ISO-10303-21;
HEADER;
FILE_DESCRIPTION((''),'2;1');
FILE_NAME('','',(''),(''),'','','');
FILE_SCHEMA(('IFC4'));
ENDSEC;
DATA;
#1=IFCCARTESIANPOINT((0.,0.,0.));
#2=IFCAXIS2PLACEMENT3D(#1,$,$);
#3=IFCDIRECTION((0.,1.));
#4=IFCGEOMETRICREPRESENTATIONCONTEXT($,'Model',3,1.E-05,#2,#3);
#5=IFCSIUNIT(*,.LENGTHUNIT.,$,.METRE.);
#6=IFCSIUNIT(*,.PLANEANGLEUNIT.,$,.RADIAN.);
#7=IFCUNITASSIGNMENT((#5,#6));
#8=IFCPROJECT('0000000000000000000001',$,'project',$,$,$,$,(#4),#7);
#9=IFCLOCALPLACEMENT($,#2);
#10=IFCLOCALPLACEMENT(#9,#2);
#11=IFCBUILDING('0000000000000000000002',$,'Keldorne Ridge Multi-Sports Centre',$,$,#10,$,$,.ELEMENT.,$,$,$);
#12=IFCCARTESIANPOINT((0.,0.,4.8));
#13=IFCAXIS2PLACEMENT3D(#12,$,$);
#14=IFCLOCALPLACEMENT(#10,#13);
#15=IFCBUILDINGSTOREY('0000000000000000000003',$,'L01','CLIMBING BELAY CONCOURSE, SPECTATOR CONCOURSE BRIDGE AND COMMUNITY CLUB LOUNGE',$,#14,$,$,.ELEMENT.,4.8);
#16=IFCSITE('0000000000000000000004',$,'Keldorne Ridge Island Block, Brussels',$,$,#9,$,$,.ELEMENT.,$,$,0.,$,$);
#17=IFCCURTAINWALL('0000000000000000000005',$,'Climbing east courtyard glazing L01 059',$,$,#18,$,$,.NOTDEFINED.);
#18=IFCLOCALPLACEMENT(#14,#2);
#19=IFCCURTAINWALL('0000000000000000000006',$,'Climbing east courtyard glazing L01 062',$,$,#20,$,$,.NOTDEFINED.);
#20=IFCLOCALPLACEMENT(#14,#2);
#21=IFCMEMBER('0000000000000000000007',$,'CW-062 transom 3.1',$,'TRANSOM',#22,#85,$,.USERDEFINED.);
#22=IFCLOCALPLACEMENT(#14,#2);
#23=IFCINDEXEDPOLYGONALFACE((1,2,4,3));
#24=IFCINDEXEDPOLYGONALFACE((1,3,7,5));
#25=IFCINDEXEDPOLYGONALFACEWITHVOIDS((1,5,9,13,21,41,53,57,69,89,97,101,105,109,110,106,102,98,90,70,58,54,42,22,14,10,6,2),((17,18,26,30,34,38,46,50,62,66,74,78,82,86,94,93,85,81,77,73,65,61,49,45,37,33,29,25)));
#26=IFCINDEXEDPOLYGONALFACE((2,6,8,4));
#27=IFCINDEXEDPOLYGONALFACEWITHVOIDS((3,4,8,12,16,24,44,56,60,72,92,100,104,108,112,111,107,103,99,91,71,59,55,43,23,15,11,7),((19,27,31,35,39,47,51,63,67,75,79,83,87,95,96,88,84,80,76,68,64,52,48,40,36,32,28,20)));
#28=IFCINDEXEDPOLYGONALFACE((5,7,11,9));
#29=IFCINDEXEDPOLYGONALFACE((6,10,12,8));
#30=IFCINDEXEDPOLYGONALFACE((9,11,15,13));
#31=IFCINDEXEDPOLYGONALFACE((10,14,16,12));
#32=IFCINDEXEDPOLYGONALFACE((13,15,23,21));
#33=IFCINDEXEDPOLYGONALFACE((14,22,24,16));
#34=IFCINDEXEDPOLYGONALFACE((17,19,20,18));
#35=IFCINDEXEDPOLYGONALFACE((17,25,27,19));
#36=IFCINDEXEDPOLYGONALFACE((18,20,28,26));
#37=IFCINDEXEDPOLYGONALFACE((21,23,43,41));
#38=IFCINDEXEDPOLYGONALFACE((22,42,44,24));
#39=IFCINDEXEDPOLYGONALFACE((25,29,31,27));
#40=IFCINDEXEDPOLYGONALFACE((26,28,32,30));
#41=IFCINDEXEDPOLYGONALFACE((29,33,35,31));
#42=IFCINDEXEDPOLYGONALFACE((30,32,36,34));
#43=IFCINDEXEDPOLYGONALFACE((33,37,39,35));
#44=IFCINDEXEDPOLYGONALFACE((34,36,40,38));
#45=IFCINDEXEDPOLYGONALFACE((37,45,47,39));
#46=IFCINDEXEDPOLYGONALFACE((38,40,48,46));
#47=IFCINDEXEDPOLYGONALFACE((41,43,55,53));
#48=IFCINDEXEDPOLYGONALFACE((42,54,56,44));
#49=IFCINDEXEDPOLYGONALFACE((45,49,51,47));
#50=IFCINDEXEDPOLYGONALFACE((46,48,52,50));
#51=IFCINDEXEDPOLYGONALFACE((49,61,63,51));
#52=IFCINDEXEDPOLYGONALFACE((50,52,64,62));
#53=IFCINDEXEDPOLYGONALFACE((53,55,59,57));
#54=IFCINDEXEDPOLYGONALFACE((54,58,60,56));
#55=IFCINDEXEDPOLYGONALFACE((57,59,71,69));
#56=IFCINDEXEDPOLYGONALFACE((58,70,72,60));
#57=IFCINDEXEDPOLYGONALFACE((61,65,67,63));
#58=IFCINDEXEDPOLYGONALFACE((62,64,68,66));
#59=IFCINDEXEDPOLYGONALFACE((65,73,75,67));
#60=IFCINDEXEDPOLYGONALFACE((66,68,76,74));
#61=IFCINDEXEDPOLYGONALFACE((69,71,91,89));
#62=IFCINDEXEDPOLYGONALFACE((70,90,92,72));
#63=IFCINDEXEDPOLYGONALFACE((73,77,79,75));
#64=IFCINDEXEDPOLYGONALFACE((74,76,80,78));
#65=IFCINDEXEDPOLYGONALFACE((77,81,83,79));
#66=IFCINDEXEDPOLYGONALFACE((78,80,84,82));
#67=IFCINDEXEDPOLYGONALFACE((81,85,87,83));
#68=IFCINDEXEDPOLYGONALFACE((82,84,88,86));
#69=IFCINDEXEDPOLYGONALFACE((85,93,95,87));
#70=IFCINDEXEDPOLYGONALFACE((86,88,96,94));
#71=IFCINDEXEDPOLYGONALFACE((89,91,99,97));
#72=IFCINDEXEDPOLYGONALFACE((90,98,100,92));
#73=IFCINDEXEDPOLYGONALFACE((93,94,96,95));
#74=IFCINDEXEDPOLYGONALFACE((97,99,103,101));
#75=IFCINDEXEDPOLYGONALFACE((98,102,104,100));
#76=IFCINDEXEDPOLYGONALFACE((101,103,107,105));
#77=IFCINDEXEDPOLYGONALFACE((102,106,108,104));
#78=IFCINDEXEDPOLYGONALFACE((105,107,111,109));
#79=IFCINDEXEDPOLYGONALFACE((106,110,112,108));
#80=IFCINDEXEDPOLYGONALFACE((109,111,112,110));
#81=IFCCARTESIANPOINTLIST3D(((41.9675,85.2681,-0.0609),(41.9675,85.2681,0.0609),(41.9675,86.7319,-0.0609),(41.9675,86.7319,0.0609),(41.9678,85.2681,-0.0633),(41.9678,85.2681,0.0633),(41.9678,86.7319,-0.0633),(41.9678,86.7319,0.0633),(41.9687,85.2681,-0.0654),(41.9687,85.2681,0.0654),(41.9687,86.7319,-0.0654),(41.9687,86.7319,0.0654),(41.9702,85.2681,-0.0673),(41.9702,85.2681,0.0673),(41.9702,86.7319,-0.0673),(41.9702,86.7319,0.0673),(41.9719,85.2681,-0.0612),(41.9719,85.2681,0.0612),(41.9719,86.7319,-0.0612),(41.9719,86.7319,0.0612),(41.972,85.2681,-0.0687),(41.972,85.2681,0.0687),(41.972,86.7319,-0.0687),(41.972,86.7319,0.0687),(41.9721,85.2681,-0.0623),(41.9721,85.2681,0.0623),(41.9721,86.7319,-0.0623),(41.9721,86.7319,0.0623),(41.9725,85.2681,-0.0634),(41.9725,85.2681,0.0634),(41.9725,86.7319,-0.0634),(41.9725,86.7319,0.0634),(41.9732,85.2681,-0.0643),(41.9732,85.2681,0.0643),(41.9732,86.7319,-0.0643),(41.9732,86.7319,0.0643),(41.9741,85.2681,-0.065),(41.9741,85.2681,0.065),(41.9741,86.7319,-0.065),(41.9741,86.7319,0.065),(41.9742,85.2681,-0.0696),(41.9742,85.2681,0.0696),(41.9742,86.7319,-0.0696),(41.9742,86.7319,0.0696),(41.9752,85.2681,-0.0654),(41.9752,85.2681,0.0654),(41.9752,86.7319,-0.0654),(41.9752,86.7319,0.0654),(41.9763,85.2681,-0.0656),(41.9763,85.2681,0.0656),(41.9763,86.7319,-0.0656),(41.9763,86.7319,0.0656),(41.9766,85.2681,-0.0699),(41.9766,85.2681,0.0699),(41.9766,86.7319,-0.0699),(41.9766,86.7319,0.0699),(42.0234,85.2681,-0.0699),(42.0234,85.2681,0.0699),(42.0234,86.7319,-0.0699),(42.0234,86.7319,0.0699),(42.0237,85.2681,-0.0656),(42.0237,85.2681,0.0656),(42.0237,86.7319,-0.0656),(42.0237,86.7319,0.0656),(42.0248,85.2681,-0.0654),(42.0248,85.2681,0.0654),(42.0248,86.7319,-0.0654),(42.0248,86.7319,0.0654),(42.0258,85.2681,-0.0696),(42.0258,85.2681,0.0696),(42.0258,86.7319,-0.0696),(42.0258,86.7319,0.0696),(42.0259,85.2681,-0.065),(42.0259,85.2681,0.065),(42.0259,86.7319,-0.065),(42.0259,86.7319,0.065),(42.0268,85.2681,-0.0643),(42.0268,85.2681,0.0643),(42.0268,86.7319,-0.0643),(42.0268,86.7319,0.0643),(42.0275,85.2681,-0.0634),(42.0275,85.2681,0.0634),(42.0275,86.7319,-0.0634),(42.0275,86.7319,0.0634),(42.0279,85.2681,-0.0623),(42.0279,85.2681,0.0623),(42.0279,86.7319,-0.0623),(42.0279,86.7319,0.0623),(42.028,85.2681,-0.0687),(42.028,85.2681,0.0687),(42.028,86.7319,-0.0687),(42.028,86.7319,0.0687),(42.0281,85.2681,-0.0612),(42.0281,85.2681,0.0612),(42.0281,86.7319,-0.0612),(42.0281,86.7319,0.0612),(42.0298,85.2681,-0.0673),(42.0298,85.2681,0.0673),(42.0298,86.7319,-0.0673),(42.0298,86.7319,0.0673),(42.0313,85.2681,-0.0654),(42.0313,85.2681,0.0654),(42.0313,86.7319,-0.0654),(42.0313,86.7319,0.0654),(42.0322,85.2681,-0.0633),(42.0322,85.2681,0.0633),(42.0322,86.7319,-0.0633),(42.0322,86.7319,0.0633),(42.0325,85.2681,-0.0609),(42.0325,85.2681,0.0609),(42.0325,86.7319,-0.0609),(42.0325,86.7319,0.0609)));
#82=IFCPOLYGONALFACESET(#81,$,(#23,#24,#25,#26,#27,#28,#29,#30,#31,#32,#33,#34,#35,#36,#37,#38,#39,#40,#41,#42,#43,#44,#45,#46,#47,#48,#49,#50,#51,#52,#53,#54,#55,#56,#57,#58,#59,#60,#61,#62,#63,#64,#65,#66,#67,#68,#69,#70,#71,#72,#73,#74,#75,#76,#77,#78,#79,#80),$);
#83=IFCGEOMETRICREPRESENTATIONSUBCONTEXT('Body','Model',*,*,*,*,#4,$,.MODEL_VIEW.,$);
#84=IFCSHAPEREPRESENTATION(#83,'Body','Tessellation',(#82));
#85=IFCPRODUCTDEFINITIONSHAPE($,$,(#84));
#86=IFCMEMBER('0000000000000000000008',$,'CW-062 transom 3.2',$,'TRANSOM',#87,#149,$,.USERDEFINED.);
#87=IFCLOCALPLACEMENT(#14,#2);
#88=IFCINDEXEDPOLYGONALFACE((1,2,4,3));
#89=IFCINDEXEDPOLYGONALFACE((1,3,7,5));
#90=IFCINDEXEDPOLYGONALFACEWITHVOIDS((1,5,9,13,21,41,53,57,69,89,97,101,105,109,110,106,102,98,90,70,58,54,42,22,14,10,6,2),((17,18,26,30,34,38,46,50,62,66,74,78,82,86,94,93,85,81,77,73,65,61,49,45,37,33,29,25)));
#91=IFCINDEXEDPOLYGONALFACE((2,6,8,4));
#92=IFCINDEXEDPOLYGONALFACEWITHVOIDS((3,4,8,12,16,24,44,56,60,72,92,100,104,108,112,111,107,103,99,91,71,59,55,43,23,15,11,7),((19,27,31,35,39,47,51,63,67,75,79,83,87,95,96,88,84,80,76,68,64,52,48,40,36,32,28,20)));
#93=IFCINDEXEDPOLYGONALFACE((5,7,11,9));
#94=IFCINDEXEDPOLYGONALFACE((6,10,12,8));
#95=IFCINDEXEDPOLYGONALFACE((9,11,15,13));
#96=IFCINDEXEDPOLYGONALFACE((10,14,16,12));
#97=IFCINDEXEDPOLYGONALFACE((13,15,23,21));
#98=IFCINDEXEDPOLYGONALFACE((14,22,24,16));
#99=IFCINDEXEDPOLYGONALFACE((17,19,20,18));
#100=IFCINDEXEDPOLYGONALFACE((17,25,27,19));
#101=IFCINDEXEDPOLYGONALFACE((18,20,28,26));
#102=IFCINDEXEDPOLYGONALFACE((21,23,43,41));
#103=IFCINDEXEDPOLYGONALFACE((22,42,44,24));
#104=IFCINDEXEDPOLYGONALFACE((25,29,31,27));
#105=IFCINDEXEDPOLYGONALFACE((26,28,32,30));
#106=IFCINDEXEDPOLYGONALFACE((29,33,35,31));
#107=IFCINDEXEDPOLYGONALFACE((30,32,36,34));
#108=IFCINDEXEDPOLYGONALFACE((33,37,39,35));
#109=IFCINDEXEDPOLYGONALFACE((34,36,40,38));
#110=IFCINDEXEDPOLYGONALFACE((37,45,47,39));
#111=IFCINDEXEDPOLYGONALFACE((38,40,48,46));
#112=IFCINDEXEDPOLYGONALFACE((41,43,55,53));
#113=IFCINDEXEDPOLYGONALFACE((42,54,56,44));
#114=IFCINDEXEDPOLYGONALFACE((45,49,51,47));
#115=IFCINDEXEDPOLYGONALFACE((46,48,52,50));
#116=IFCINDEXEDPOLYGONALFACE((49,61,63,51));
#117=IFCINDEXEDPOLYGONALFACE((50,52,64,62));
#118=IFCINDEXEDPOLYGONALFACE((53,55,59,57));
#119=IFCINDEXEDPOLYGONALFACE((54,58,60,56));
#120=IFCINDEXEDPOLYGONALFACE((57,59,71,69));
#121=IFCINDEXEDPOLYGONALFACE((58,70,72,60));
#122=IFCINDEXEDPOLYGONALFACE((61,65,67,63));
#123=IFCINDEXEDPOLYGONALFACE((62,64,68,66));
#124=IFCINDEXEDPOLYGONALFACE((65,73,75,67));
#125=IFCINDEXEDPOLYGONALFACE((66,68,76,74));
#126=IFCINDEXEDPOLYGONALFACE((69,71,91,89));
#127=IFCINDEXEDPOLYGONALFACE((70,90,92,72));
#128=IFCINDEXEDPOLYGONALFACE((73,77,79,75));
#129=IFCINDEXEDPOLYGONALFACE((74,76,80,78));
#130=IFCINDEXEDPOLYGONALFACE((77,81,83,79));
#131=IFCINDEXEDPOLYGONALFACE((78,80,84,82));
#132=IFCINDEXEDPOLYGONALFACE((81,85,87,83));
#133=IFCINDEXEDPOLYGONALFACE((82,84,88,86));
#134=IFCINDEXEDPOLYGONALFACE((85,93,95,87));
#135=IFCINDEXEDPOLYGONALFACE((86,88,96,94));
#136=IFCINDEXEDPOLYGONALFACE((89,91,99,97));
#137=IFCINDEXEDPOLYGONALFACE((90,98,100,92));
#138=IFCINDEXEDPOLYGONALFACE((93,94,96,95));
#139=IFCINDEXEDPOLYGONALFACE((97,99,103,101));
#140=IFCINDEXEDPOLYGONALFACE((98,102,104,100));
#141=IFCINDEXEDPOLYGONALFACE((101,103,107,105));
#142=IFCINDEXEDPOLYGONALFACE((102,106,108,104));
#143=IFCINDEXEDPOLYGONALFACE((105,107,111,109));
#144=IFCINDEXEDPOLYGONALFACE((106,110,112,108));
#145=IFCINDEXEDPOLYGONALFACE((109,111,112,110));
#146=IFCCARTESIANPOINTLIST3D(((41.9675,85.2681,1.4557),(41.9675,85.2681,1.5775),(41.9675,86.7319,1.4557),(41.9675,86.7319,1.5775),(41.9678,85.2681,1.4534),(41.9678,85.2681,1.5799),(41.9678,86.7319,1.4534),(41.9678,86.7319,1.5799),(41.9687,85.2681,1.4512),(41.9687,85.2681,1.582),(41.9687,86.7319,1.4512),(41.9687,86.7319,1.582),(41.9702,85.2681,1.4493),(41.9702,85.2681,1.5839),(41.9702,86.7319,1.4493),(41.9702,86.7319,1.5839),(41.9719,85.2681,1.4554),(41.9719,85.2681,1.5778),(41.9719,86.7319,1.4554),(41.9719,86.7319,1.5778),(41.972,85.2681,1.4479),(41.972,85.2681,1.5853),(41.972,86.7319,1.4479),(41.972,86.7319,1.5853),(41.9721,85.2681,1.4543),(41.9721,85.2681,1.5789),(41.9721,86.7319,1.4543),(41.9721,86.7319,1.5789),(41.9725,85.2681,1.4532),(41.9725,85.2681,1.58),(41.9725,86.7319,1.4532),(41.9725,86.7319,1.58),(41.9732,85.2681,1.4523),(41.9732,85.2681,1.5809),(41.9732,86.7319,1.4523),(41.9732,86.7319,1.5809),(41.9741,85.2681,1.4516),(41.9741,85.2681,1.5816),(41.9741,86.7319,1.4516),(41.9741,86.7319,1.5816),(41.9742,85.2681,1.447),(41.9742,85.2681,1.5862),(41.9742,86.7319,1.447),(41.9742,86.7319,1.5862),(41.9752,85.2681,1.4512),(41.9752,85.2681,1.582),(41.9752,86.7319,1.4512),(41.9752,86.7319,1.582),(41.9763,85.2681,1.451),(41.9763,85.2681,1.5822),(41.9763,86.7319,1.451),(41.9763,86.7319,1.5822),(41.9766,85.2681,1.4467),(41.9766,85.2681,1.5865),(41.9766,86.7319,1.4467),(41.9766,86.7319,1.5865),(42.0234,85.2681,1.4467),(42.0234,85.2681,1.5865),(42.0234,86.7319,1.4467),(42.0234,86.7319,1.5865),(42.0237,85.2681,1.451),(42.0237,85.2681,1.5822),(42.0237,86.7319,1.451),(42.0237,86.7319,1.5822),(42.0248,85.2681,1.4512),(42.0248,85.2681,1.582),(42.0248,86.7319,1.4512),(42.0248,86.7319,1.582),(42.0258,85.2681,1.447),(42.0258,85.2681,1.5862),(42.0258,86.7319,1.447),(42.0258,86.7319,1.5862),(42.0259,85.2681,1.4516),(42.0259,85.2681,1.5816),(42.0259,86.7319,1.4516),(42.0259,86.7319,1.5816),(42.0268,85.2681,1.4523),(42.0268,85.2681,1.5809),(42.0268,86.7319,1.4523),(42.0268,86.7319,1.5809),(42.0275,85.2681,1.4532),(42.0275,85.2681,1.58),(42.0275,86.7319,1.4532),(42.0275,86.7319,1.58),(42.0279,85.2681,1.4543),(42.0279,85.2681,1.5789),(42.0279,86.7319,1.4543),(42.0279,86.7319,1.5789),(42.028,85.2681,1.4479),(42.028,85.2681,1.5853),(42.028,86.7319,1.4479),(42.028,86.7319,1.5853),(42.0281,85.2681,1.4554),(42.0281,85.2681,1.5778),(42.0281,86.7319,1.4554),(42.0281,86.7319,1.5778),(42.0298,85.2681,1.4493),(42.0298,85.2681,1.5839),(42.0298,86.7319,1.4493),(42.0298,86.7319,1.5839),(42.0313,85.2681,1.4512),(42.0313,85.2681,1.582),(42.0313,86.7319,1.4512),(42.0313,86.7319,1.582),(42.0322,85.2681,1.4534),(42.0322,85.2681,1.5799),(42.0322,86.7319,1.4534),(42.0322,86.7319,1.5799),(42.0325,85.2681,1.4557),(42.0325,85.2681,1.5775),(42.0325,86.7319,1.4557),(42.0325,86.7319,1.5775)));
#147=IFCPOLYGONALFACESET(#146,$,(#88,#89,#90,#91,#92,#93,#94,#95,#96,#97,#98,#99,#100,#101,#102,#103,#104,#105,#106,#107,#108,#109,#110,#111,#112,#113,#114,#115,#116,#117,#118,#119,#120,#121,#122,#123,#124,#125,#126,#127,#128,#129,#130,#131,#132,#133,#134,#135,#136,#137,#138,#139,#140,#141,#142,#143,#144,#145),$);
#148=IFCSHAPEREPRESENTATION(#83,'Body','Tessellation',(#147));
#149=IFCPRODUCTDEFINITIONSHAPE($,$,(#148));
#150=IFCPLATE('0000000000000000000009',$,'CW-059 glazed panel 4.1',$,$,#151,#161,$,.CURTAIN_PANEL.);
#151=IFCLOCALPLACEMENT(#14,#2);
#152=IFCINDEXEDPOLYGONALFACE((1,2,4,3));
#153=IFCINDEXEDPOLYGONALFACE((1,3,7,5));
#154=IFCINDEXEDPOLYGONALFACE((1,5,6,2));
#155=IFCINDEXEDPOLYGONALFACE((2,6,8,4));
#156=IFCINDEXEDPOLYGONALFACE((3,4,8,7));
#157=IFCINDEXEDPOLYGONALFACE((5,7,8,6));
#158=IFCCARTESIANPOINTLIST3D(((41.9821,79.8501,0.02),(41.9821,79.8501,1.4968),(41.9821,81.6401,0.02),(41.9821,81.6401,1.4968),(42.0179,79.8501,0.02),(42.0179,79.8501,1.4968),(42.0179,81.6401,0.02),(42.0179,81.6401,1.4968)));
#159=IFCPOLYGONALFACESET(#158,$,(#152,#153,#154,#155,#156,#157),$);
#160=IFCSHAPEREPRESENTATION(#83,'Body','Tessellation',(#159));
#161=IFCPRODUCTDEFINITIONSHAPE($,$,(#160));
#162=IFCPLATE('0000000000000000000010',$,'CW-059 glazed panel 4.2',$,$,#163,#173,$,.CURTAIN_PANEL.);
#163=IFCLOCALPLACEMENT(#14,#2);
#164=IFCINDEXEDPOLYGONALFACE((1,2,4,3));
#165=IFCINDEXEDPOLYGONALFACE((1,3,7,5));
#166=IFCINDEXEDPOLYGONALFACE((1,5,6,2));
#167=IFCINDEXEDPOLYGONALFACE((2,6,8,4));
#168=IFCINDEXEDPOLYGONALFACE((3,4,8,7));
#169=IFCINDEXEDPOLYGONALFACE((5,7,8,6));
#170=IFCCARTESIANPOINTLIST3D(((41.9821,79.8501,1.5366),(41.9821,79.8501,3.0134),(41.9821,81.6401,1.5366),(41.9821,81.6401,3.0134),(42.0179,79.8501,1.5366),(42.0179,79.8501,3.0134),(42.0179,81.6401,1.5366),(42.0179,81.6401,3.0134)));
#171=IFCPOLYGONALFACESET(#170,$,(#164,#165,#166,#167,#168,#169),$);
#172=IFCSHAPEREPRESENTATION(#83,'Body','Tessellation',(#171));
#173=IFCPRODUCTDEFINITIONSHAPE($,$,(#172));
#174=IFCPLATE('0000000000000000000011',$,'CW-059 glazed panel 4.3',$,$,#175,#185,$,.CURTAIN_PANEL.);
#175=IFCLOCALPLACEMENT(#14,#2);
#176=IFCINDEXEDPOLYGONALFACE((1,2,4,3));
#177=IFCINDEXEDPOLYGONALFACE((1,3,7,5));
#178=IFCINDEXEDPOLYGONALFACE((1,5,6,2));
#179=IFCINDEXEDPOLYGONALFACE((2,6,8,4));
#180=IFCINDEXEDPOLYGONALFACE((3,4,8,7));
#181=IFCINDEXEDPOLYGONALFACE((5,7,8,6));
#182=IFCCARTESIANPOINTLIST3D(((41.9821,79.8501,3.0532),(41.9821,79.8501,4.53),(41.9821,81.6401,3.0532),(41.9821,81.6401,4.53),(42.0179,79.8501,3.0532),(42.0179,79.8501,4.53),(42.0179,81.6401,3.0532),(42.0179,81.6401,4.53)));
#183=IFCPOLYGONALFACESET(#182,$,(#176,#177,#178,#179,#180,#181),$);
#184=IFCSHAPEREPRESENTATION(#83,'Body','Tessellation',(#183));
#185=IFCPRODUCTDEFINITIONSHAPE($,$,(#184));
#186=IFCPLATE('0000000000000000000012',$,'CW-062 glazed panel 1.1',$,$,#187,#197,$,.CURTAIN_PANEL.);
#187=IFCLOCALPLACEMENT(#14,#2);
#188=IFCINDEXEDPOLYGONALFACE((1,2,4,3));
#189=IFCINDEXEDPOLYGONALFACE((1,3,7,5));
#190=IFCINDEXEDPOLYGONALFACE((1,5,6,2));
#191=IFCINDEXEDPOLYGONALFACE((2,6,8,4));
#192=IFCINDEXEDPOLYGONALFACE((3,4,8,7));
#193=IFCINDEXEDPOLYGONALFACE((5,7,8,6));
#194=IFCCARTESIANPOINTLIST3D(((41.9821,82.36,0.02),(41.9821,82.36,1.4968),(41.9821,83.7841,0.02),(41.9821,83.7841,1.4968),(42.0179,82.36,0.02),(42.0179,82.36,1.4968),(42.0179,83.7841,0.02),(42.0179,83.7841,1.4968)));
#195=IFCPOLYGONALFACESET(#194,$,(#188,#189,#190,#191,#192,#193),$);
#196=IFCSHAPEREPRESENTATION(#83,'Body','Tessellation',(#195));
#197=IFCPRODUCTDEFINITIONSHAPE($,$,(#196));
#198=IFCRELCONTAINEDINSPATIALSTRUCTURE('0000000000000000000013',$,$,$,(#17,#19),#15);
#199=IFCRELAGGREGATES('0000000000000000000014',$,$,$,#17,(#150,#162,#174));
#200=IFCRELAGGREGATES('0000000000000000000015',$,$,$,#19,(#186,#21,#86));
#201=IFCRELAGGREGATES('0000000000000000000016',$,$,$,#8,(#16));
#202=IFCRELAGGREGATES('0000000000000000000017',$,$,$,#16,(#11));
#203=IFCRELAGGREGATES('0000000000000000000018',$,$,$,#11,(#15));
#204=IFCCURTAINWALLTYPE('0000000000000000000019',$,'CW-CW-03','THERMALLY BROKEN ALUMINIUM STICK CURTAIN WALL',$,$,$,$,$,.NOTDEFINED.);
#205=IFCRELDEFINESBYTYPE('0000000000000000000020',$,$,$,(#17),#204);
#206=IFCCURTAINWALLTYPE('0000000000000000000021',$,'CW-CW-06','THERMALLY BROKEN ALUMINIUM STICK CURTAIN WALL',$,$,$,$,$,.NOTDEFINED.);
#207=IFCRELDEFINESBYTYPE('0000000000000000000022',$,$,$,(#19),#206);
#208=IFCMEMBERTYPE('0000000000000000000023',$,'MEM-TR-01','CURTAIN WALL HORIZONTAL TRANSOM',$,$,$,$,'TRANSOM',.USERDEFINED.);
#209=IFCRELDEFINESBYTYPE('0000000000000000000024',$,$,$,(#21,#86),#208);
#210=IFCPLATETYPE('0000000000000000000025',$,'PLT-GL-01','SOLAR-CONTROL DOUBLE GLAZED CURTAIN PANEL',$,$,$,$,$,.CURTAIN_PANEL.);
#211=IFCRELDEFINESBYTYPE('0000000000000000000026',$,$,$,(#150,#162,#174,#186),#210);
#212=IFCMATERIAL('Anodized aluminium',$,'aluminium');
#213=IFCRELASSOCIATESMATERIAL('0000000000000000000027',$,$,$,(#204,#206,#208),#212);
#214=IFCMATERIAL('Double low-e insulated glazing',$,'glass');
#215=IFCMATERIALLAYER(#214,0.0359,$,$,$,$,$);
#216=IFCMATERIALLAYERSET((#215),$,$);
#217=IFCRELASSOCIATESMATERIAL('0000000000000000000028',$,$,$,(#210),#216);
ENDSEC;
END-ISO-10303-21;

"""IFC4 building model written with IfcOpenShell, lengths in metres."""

from ifc_helpers import new_model, si_unit, direction, frame, origin, origin_2d, place, context, subcontext, project, spatial, rectangle, hollow_rectangle, extrude, material, layer, layer_set, material_profile, profile_set, type_object, element, aggregate, save


model = new_model("IFC4")

# Units and contexts
model_context = context("Model", 3, precision=1e-05, world=origin(), true_north=direction((0.0, 1.0)))
body_context = subcontext(model_context, "Body", "Model", "MODEL_VIEW")
ifc_project = project(units=[si_unit("LENGTHUNIT", "METRE"), si_unit("PLANEANGLEUNIT", "RADIAN")], contexts=[model_context])

# Site, building, storey
site_placement = place(None, origin())
site = spatial("IfcSite", under=ifc_project, at=site_placement, Name="Keldorne Ridge Island Block, Brussels", CompositionType="ELEMENT", RefElevation=0.0)
building_placement = place(site_placement, origin())
building = spatial("IfcBuilding", under=site, at=building_placement, Name="Keldorne Ridge Multi-Sports Centre", CompositionType="ELEMENT")
storey_placement = place(building_placement, frame((0.0, 0.0, 4.8)))
storey = spatial("IfcBuildingStorey", under=building, at=storey_placement, Name="L01", Description="CLIMBING BELAY CONCOURSE, SPECTATOR CONCOURSE BRIDGE AND COMMUNITY CLUB LOUNGE", CompositionType="ELEMENT", Elevation=4.8)

# Curtain walls
ifc_material_1 = material(Name="Anodized aluminium", Category="aluminium")
curtain_wall_type_1 = type_object("IfcCurtainWallType", Name="CW-CW-03", Description="THERMALLY BROKEN ALUMINIUM STICK CURTAIN WALL", PredefinedType="NOTDEFINED", material=ifc_material_1)
curtain_wall_1_placement = place(storey_placement, origin())
curtain_wall_1 = element("IfcCurtainWall", 1, at=curtain_wall_1_placement, inside=storey, type_object=curtain_wall_type_1, Name="Climbing east courtyard glazing L01 059", PredefinedType="NOTDEFINED")
curtain_wall_type_2 = type_object("IfcCurtainWallType", Name="CW-CW-06", Description="THERMALLY BROKEN ALUMINIUM STICK CURTAIN WALL", PredefinedType="NOTDEFINED", material=ifc_material_1)
curtain_wall_2_placement = place(storey_placement, origin())
curtain_wall_2 = element("IfcCurtainWall", 2, at=curtain_wall_2_placement, inside=storey, type_object=curtain_wall_type_2, Name="Climbing east courtyard glazing L01 062", PredefinedType="NOTDEFINED")

# Members
ifc_material_profile_1 = material_profile(ifc_material_1, hollow_rectangle(XDim=0.0649, YDim=0.1399, WallThickness=0.0044, InnerFilletRadius=0.0044, OuterFilletRadius=0.009, at=origin_2d()), Name="ALU TRANSOM 140x65x4.5")
ifc_profile_set_1 = profile_set([ifc_material_profile_1], Name="Anodized aluminium")
member_type_1 = type_object("IfcMemberType", Name="MEM-TR-01", Description="CURTAIN WALL HORIZONTAL TRANSOM", ElementType="TRANSOM", PredefinedType="USERDEFINED", material=ifc_profile_set_1)
member_1_placement = place(storey_placement, frame((42.0, 85.2681, 0.0), z_axis=(0.0, 1.0, 0.0), x_axis=(-1.0, 0.0, 0.0)))
member_1 = element("IfcMember", 3, at=member_1_placement, type_object=member_type_1, Name="CW-062 transom 3.1", ObjectType="TRANSOM", PredefinedType="USERDEFINED", context=body_context, shape_type="SweptSolid", body=[
    extrude(hollow_rectangle(XDim=0.0649, YDim=0.1399, WallThickness=0.0044, InnerFilletRadius=0.0044, OuterFilletRadius=0.009, at=origin_2d()), origin(), (0.0, 0.0, 1.0), 1.4639),
])
member_2_placement = place(storey_placement, frame((42.0, 85.2681, 1.5166), z_axis=(0.0, 1.0, 0.0), x_axis=(-1.0, 0.0, 0.0)))
member_2 = element("IfcMember", 4, at=member_2_placement, type_object=member_type_1, Name="CW-062 transom 3.2", ObjectType="TRANSOM", PredefinedType="USERDEFINED", context=body_context, shape_type="SweptSolid", body=[
    extrude(hollow_rectangle(XDim=0.0649, YDim=0.1399, WallThickness=0.0044, InnerFilletRadius=0.0044, OuterFilletRadius=0.009, at=origin_2d()), origin(), (0.0, 0.0, 1.0), 1.4639),
])

# Plates
ifc_material_2 = material(Name="Double low-e insulated glazing", Category="glass")
ifc_layer_1 = layer(ifc_material_2, 0.0359)
ifc_layer_set_1 = layer_set([ifc_layer_1])
plate_type = type_object("IfcPlateType", Name="PLT-GL-01", Description="SOLAR-CONTROL DOUBLE GLAZED CURTAIN PANEL", PredefinedType="CURTAIN_PANEL", material=ifc_layer_set_1)
plate_1_placement = place(storey_placement, frame((42.0, 80.7451, 0.02), z_axis=(0.0, 0.0, 1.0), x_axis=(0.0, 1.0, 0.0)))
plate_1 = element("IfcPlate", 5, at=plate_1_placement, type_object=plate_type, Name="CW-059 glazed panel 4.1", PredefinedType="CURTAIN_PANEL", context=body_context, shape_type="SweptSolid", body=[
    extrude(rectangle(XDim=1.79, YDim=0.0359, at=origin_2d()), origin(), (0.0, 0.0, 1.0), 1.4768),
])
plate_2_placement = place(storey_placement, frame((42.0, 80.7451, 1.5366), z_axis=(0.0, 0.0, 1.0), x_axis=(0.0, 1.0, 0.0)))
plate_2 = element("IfcPlate", 6, at=plate_2_placement, type_object=plate_type, Name="CW-059 glazed panel 4.2", PredefinedType="CURTAIN_PANEL", context=body_context, shape_type="SweptSolid", body=[
    extrude(rectangle(XDim=1.79, YDim=0.0359, at=origin_2d()), origin(), (0.0, 0.0, 1.0), 1.4768),
])
plate_3_placement = place(storey_placement, frame((42.0, 80.7451, 3.0532), z_axis=(0.0, 0.0, 1.0), x_axis=(0.0, 1.0, 0.0)))
plate_3 = element("IfcPlate", 7, at=plate_3_placement, type_object=plate_type, Name="CW-059 glazed panel 4.3", PredefinedType="CURTAIN_PANEL", context=body_context, shape_type="SweptSolid", body=[
    extrude(rectangle(XDim=1.79, YDim=0.0359, at=origin_2d()), origin(), (0.0, 0.0, 1.0), 1.4768),
])
aggregate(curtain_wall_1, [plate_1, plate_2, plate_3])
plate_4_placement = place(storey_placement, frame((42.0, 83.072, 0.02), z_axis=(0.0, 0.0, 1.0), x_axis=(0.0, 1.0, 0.0)))
plate_4 = element("IfcPlate", 8, at=plate_4_placement, type_object=plate_type, Name="CW-062 glazed panel 1.1", PredefinedType="CURTAIN_PANEL", context=body_context, shape_type="SweptSolid", body=[
    extrude(rectangle(XDim=1.4241, YDim=0.0359, at=origin_2d()), origin(), (0.0, 0.0, 1.0), 1.4768),
])
aggregate(curtain_wall_2, [plate_4, member_1, member_2])

save(model, "model.ifc")
